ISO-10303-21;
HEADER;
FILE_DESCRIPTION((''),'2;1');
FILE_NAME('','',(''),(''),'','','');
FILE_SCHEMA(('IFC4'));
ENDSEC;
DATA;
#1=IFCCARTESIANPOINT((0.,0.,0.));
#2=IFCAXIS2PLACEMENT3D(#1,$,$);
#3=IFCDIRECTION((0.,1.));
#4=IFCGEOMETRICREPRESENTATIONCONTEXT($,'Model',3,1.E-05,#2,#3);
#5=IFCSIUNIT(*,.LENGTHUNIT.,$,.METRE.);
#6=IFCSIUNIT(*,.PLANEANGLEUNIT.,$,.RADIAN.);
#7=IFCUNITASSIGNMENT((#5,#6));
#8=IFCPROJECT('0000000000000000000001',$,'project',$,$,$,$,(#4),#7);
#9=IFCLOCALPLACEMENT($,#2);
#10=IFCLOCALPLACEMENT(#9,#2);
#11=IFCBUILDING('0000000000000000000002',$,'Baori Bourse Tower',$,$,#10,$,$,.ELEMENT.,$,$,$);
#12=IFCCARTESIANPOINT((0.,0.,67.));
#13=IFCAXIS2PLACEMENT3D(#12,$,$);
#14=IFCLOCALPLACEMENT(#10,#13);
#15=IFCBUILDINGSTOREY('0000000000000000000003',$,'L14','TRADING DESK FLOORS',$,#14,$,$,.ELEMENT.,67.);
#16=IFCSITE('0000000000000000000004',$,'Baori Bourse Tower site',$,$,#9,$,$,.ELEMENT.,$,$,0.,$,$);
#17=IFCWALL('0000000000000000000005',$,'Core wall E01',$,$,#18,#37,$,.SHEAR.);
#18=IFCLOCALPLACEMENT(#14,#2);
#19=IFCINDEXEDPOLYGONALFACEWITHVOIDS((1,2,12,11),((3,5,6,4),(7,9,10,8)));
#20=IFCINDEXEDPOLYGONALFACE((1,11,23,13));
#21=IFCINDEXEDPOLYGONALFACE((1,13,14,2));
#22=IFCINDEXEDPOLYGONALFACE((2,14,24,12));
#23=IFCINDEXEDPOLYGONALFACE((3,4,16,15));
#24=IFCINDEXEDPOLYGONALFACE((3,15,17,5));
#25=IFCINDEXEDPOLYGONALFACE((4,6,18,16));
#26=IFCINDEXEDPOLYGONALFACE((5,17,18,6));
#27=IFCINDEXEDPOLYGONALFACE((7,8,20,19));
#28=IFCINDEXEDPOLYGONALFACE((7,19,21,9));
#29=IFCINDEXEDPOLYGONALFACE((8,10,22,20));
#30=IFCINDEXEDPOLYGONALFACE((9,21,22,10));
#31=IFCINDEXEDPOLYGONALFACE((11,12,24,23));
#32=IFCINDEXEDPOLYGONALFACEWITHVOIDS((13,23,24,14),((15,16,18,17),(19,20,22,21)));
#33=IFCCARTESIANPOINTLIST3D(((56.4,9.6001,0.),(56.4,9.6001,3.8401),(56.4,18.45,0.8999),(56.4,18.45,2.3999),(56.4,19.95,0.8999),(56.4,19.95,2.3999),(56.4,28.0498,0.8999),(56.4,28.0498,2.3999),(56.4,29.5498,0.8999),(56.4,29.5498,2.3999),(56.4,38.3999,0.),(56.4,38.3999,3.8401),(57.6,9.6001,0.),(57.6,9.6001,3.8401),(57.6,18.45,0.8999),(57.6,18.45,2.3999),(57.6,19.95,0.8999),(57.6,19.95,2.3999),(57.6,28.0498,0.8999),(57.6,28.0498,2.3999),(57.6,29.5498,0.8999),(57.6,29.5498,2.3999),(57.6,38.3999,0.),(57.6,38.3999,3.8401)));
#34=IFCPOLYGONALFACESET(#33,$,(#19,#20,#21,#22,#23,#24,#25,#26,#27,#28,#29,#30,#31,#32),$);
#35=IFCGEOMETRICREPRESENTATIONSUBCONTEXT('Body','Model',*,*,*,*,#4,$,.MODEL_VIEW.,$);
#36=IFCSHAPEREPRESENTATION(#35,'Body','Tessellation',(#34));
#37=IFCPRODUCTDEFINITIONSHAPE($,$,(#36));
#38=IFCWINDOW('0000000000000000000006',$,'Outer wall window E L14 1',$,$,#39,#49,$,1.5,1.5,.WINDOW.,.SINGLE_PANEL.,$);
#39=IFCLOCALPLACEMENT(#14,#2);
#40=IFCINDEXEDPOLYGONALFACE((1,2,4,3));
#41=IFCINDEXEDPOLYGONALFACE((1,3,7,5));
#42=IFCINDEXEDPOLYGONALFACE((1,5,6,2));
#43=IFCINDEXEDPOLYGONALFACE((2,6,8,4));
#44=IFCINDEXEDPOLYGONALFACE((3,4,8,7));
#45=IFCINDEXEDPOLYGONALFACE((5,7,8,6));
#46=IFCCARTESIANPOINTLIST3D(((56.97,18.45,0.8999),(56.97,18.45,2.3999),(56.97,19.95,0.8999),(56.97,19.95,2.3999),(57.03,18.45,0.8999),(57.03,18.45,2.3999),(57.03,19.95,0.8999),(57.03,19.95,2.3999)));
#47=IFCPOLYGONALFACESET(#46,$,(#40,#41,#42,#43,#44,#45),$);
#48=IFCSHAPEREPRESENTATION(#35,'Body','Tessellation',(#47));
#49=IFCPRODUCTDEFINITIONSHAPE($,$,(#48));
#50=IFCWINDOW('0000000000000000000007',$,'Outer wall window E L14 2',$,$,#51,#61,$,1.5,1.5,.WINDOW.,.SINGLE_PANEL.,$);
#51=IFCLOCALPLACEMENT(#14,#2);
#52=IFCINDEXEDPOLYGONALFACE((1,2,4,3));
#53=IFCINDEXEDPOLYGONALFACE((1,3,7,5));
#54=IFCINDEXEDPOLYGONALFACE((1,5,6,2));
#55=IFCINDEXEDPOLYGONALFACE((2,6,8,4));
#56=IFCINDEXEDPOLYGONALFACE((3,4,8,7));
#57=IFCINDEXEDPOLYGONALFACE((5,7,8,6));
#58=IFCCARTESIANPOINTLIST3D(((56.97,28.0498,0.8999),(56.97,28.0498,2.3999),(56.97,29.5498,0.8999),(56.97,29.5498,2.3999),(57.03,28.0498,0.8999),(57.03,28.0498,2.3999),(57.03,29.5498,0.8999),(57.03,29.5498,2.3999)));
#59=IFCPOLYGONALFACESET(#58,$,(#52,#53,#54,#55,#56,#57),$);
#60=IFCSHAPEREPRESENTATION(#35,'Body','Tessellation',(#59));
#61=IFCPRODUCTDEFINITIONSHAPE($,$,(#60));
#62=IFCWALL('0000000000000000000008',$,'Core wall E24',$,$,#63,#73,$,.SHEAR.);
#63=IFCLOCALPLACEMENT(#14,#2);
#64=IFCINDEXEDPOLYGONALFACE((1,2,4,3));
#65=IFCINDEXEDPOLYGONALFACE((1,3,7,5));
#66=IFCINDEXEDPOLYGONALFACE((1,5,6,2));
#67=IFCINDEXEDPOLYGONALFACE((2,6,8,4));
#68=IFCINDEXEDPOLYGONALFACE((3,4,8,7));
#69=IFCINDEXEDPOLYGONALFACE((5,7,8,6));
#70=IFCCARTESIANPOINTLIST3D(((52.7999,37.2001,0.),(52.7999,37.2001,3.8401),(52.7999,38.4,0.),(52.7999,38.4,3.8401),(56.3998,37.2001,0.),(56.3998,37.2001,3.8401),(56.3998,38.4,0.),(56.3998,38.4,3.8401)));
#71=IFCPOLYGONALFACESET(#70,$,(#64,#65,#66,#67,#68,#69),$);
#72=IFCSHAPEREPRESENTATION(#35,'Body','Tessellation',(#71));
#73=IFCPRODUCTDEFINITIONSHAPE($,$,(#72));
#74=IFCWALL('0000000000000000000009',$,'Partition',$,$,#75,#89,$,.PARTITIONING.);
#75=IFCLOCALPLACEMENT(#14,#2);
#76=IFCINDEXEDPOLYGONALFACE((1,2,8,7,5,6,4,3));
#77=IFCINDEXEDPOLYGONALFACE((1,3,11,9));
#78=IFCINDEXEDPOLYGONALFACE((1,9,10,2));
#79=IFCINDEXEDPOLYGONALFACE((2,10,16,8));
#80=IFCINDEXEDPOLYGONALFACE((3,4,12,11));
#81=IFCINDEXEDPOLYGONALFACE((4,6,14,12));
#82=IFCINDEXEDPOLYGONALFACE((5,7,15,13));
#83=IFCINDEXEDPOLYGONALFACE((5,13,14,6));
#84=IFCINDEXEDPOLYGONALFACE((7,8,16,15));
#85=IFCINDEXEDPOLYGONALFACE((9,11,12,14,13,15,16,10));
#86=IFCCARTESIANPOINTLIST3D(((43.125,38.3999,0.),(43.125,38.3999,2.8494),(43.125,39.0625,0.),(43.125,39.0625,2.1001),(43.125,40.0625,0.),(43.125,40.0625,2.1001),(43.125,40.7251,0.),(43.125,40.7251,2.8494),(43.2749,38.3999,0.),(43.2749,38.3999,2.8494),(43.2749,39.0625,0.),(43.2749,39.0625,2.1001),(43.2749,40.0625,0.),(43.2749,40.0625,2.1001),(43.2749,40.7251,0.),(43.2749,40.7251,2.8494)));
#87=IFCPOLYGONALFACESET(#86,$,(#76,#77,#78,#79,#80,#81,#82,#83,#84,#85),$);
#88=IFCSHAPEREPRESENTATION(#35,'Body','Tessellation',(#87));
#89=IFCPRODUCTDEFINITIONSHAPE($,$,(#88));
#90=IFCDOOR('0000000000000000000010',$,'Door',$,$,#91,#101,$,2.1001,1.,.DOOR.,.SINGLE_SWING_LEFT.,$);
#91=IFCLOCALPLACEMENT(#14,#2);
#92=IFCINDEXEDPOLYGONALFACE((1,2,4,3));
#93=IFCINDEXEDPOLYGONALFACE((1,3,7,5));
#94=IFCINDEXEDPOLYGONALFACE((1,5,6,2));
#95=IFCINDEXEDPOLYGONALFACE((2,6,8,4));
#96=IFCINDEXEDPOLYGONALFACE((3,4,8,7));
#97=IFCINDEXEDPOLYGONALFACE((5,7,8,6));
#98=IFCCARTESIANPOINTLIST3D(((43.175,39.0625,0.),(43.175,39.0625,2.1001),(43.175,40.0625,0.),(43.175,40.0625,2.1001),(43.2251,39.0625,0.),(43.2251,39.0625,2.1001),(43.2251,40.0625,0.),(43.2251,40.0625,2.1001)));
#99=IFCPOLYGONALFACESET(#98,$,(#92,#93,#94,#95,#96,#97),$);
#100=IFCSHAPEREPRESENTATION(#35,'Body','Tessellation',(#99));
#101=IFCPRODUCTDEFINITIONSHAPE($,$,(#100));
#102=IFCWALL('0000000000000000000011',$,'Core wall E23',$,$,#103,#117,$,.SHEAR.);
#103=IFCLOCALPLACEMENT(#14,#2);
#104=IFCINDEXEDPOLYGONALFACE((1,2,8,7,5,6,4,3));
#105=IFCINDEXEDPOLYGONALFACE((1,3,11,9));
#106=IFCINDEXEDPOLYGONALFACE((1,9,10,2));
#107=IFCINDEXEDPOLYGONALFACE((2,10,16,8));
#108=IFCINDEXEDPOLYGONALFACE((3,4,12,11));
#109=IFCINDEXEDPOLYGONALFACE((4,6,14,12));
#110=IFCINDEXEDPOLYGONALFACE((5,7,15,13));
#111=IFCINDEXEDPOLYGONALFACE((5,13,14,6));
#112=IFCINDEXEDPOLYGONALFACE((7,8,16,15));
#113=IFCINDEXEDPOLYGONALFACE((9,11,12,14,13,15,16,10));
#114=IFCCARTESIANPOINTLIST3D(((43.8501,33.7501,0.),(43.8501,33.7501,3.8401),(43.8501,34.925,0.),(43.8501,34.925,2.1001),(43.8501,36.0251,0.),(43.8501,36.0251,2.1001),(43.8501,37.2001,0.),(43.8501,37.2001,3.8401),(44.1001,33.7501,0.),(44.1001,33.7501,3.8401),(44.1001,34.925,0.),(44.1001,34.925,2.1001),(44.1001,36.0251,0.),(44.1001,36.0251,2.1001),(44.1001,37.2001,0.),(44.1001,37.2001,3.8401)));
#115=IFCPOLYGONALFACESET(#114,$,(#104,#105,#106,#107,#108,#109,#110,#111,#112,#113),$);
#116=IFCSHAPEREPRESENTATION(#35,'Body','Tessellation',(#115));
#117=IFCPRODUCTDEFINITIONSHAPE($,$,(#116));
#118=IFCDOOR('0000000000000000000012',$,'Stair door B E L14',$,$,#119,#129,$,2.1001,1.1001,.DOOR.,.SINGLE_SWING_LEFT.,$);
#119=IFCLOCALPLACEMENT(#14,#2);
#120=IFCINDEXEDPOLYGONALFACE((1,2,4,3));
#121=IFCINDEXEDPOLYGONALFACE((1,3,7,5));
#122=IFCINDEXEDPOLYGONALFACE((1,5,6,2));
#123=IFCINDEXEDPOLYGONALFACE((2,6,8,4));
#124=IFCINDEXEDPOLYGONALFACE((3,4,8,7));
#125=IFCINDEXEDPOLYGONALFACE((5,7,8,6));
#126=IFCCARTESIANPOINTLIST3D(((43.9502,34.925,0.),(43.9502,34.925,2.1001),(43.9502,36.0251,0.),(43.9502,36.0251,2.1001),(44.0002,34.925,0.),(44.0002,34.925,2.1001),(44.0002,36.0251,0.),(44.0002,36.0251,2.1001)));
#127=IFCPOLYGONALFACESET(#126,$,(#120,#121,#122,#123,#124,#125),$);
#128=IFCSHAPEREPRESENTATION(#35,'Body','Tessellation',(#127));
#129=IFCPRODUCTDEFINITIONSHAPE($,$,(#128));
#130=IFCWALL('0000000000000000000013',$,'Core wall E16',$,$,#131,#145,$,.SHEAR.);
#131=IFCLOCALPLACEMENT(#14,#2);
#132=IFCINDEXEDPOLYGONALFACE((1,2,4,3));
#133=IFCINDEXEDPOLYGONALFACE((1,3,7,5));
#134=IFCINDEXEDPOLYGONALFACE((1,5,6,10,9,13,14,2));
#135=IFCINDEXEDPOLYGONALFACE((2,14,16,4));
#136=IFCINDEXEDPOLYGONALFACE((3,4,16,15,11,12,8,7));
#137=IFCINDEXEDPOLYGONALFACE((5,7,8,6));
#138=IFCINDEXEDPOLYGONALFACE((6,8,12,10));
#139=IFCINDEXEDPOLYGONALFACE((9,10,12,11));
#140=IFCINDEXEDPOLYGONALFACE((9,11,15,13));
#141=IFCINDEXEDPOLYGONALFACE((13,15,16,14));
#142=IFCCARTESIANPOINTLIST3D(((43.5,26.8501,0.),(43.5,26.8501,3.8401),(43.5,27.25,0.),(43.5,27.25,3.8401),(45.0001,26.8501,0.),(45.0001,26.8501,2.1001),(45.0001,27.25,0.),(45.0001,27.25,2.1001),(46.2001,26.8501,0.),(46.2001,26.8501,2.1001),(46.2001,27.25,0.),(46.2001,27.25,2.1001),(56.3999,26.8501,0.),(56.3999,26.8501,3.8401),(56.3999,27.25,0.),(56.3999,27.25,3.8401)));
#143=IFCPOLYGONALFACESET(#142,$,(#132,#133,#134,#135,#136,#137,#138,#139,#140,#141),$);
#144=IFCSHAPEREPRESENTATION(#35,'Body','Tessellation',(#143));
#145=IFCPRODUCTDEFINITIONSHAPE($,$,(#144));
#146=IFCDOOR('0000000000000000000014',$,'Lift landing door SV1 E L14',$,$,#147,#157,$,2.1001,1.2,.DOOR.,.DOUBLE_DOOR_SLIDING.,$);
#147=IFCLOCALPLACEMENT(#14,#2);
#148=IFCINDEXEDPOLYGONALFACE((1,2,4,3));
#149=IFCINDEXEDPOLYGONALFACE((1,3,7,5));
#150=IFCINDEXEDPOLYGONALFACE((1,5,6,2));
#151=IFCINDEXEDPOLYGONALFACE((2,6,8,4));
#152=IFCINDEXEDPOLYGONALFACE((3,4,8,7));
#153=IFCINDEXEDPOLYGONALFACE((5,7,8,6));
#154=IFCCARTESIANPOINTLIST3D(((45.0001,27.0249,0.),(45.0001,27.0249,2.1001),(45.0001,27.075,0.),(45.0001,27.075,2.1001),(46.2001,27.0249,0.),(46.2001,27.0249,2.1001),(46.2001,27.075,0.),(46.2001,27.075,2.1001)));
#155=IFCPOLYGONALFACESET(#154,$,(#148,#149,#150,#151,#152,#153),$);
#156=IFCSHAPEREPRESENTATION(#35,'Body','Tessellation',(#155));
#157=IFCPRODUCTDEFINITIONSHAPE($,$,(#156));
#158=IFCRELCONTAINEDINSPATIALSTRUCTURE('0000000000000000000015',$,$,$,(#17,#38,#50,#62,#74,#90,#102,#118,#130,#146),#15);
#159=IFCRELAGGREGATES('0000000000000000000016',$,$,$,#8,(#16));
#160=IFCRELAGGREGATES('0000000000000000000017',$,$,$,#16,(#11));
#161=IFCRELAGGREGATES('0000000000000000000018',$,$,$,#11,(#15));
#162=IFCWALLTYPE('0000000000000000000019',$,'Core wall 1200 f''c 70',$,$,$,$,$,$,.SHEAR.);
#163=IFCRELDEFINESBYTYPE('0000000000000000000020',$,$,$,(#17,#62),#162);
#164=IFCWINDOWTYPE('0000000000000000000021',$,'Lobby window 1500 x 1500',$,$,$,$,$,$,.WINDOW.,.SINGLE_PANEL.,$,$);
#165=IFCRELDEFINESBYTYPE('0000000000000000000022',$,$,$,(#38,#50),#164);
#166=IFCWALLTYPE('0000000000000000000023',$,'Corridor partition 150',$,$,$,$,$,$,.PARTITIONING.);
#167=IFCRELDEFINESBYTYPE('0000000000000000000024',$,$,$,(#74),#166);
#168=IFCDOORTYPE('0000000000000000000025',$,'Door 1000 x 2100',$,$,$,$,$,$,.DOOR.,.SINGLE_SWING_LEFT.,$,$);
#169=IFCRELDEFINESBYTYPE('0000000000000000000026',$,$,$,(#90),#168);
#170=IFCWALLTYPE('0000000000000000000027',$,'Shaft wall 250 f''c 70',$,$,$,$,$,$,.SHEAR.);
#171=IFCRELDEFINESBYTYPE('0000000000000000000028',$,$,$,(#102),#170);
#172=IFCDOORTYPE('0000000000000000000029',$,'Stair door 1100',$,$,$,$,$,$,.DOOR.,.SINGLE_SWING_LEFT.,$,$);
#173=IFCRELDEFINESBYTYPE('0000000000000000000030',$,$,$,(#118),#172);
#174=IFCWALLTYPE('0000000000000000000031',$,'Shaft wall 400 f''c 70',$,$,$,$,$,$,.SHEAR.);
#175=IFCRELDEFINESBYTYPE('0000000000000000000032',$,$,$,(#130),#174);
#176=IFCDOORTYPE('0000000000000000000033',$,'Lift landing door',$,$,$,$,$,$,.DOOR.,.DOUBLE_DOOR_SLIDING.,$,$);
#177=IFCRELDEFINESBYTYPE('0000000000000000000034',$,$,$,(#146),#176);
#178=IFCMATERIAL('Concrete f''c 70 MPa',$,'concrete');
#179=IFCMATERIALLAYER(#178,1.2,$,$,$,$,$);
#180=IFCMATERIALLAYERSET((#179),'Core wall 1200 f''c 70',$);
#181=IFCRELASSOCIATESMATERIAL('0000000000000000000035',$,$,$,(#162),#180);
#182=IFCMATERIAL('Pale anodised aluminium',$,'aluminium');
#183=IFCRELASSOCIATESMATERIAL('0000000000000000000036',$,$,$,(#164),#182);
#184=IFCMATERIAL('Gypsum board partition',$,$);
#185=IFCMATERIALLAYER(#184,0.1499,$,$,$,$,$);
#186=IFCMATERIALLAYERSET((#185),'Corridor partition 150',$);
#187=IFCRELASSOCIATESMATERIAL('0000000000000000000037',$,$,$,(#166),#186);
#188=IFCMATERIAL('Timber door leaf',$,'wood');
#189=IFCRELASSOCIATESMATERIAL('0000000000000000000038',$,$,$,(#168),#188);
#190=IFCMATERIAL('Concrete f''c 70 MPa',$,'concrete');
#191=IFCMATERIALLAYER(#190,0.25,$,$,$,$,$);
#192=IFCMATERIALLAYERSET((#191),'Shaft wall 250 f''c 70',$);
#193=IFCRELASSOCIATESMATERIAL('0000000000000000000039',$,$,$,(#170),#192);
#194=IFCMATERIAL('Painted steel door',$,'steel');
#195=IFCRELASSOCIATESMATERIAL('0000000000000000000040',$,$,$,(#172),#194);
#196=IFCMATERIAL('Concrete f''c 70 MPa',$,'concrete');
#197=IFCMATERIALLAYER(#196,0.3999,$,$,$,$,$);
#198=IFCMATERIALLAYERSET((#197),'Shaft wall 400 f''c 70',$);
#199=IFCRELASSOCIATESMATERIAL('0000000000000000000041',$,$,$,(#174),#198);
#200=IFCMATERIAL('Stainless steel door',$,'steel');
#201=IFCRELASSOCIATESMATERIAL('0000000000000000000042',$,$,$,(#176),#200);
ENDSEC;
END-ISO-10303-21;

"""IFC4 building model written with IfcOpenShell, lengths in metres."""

from ifc_helpers import new_model, si_unit, direction, frame, frame_2d, origin, place, context, subcontext, project, spatial, rectangle, extrude, material, layer, layer_set, type_object, element, fill, save


model = new_model("IFC4")

# Units and contexts
model_context = context("Model", 3, precision=1e-05, world=origin(), true_north=direction((0.0, 1.0)))
body_context = subcontext(model_context, "Body", "Model", "MODEL_VIEW")
ifc_project = project(units=[si_unit("LENGTHUNIT", "METRE"), si_unit("PLANEANGLEUNIT", "RADIAN")], contexts=[model_context])

# Site, building, storey
site_placement = place(None, origin())
site = spatial("IfcSite", under=ifc_project, at=site_placement, Name="Baori Bourse Tower site", CompositionType="ELEMENT", RefElevation=0.0)
building_placement = place(site_placement, origin())
building = spatial("IfcBuilding", under=site, at=building_placement, Name="Baori Bourse Tower", CompositionType="ELEMENT")
storey_placement = place(building_placement, frame((0.0, 0.0, 67.0)))
storey = spatial("IfcBuildingStorey", under=building, at=storey_placement, Name="L14", Description="TRADING DESK FLOORS", CompositionType="ELEMENT", Elevation=67.0)

# Wall, openings, windows
ifc_material_1 = material(Name="Concrete f'c 70 MPa", Category="concrete")
ifc_layer_1 = layer(ifc_material_1, 1.2)
ifc_layer_set_1 = layer_set([ifc_layer_1], Name="Core wall 1200 f'c 70")
wall_type_1 = type_object("IfcWallType", Name="Core wall 1200 f'c 70", PredefinedType="SHEAR", material=ifc_layer_set_1)
wall_1_placement = place(storey_placement, frame((57.0, 38.3999, 0.0), z_axis=(0.0, 0.0, 1.0), x_axis=(0.0, -1.0, 0.0)))
wall_1 = element("IfcWall", 1, at=wall_1_placement, inside=storey, type_object=wall_type_1, Name="Core wall E01", PredefinedType="SHEAR", context=body_context, shape_type="SweptSolid", body=[
    extrude(rectangle(XDim=28.7998, YDim=1.2, at=frame_2d((14.3999, 0.0))), origin(), (0.0, 0.0, 1.0), 3.8401),
])
opening_1_placement = place(wall_1_placement, frame((18.45, 0.0, 0.8999)))
opening_1 = element("IfcOpeningElement", 2, at=opening_1_placement, cuts=wall_1, PredefinedType="OPENING", context=body_context, shape_type="SweptSolid", body=[
    extrude(rectangle(XDim=1.5, YDim=1.5, at=frame_2d((0.75, 0.75))), frame((0.0, 0.6099, 0.0), z_axis=(0.0, -1.0, 0.0), x_axis=(1.0, 0.0, 0.0)), (0.0, 0.0, 1.0), 1.22),
])
opening_2_placement = place(wall_1_placement, frame((8.8501, 0.0, 0.8999)))
opening_2 = element("IfcOpeningElement", 3, at=opening_2_placement, cuts=wall_1, PredefinedType="OPENING", context=body_context, shape_type="SweptSolid", body=[
    extrude(rectangle(XDim=1.5, YDim=1.5, at=frame_2d((0.75, 0.75))), frame((0.0, 0.6099, 0.0), z_axis=(0.0, -1.0, 0.0), x_axis=(1.0, 0.0, 0.0)), (0.0, 0.0, 1.0), 1.22),
])
ifc_material_2 = material(Name="Pale anodised aluminium", Category="aluminium")
window_type = type_object("IfcWindowType", Name="Lobby window 1500 x 1500", PartitioningType="SINGLE_PANEL", PredefinedType="WINDOW", material=ifc_material_2)
window_1_placement = place(opening_1_placement, origin())
window_1 = element("IfcWindow", 4, at=window_1_placement, inside=storey, type_object=window_type, Name="Outer wall window E L14 1", OverallHeight=1.5, OverallWidth=1.5, PartitioningType="SINGLE_PANEL", PredefinedType="WINDOW", context=body_context, shape_type="SweptSolid", body=[
    extrude(rectangle(XDim=1.5, YDim=1.5, at=frame_2d((0.75, 0.75))), frame((0.0, 0.03, 0.0), z_axis=(0.0, -1.0, 0.0), x_axis=(1.0, 0.0, 0.0)), (0.0, 0.0, 1.0), 0.0601),
])
fill(opening_1, window_1)
window_2_placement = place(opening_2_placement, origin())
window_2 = element("IfcWindow", 5, at=window_2_placement, inside=storey, type_object=window_type, Name="Outer wall window E L14 2", OverallHeight=1.5, OverallWidth=1.5, PartitioningType="SINGLE_PANEL", PredefinedType="WINDOW", context=body_context, shape_type="SweptSolid", body=[
    extrude(rectangle(XDim=1.5, YDim=1.5, at=frame_2d((0.75, 0.75))), frame((0.0, 0.03, 0.0), z_axis=(0.0, -1.0, 0.0), x_axis=(1.0, 0.0, 0.0)), (0.0, 0.0, 1.0), 0.0601),
])
fill(opening_2, window_2)

# Wall
wall_2_placement = place(storey_placement, frame((52.8, 37.8, 0.0), z_axis=(0.0, 0.0, 1.0), x_axis=(1.0, 0.0, 0.0)))
element("IfcWall", 6, at=wall_2_placement, inside=storey, type_object=wall_type_1, Name="Core wall E24", PredefinedType="SHEAR", context=body_context, shape_type="SweptSolid", body=[
    extrude(rectangle(XDim=3.5999, YDim=1.2, at=frame_2d((1.7998, 0.0))), origin(), (0.0, 0.0, 1.0), 3.8401),
])

# Walls, openings, doors
ifc_material_3 = material(Name="Gypsum board partition")
ifc_layer_2 = layer(ifc_material_3, 0.1499)
ifc_layer_set_2 = layer_set([ifc_layer_2], Name="Corridor partition 150")
wall_type_2 = type_object("IfcWallType", Name="Corridor partition 150", PredefinedType="PARTITIONING", material=ifc_layer_set_2)
wall_3_placement = place(storey_placement, frame((43.2, 38.3999, 0.0), z_axis=(0.0, 0.0, 1.0), x_axis=(0.0, 1.0, 0.0)))
wall_3 = element("IfcWall", 7, at=wall_3_placement, inside=storey, type_object=wall_type_2, Name="Partition", PredefinedType="PARTITIONING", context=body_context, shape_type="SweptSolid", body=[
    extrude(rectangle(XDim=2.3252, YDim=0.1499, at=frame_2d((1.1626, 0.0))), origin(), (0.0, 0.0, 1.0), 2.8494),
])
opening_3_placement = place(wall_3_placement, frame((0.6626, 0.0, 0.0)))
opening_3 = element("IfcOpeningElement", 8, at=opening_3_placement, cuts=wall_3, PredefinedType="OPENING", context=body_context, shape_type="SweptSolid", body=[
    extrude(rectangle(XDim=1.0, YDim=2.1001, at=frame_2d((0.5, 1.05))), frame((0.0, 0.085, 0.0), z_axis=(0.0, -1.0, 0.0), x_axis=(1.0, 0.0, 0.0)), (0.0, 0.0, 1.0), 0.1699),
])
ifc_material_4 = material(Name="Timber door leaf", Category="wood")
door_type_1 = type_object("IfcDoorType", Name="Door 1000 x 2100", OperationType="SINGLE_SWING_LEFT", PredefinedType="DOOR", material=ifc_material_4)
door_1_placement = place(opening_3_placement, origin())
door_1 = element("IfcDoor", 9, at=door_1_placement, inside=storey, type_object=door_type_1, Name="Door", OperationType="SINGLE_SWING_LEFT", OverallHeight=2.1001, OverallWidth=1.0, PredefinedType="DOOR", context=body_context, shape_type="SweptSolid", body=[
    extrude(rectangle(XDim=1.0, YDim=2.1001, at=frame_2d((0.5, 1.05))), frame((0.0, 0.0249, 0.0), z_axis=(0.0, -1.0, 0.0), x_axis=(1.0, 0.0, 0.0)), (0.0, 0.0, 1.0), 0.05),
])
fill(opening_3, door_1)
ifc_material_5 = material(Name="Concrete f'c 70 MPa", Category="concrete")
ifc_layer_3 = layer(ifc_material_5, 0.25)
ifc_layer_set_3 = layer_set([ifc_layer_3], Name="Shaft wall 250 f'c 70")
wall_type_3 = type_object("IfcWallType", Name="Shaft wall 250 f'c 70", PredefinedType="SHEAR", material=ifc_layer_set_3)
wall_4_placement = place(storey_placement, frame((43.9751, 33.75, 0.0), z_axis=(0.0, 0.0, 1.0), x_axis=(0.0, 1.0, 0.0)))
wall_4 = element("IfcWall", 10, at=wall_4_placement, inside=storey, type_object=wall_type_3, Name="Core wall E23", PredefinedType="SHEAR", context=body_context, shape_type="SweptSolid", body=[
    extrude(rectangle(XDim=3.45, YDim=0.25, at=frame_2d((1.7251, 0.0))), origin(), (0.0, 0.0, 1.0), 3.8401),
])
opening_4_placement = place(wall_4_placement, frame((1.175, 0.0, 0.0)))
opening_4 = element("IfcOpeningElement", 11, at=opening_4_placement, cuts=wall_4, PredefinedType="OPENING", context=body_context, shape_type="SweptSolid", body=[
    extrude(rectangle(XDim=1.1001, YDim=2.1001, at=frame_2d((0.55, 1.05))), frame((0.0, 0.135, 0.0), z_axis=(0.0, -1.0, 0.0), x_axis=(1.0, 0.0, 0.0)), (0.0, 0.0, 1.0), 0.27),
])
ifc_material_6 = material(Name="Painted steel door", Category="steel")
door_type_2 = type_object("IfcDoorType", Name="Stair door 1100", OperationType="SINGLE_SWING_LEFT", PredefinedType="DOOR", material=ifc_material_6)
door_2_placement = place(opening_4_placement, origin())
door_2 = element("IfcDoor", 12, at=door_2_placement, inside=storey, type_object=door_type_2, Name="Stair door B E L14", OperationType="SINGLE_SWING_LEFT", OverallHeight=2.1001, OverallWidth=1.1001, PredefinedType="DOOR", context=body_context, shape_type="SweptSolid", body=[
    extrude(rectangle(XDim=1.1001, YDim=2.1001, at=frame_2d((0.55, 1.05))), frame((0.0, 0.0249, 0.0), z_axis=(0.0, -1.0, 0.0), x_axis=(1.0, 0.0, 0.0)), (0.0, 0.0, 1.0), 0.05),
])
fill(opening_4, door_2)
ifc_material_7 = material(Name="Concrete f'c 70 MPa", Category="concrete")
ifc_layer_4 = layer(ifc_material_7, 0.3999)
ifc_layer_set_4 = layer_set([ifc_layer_4], Name="Shaft wall 400 f'c 70")
wall_type_4 = type_object("IfcWallType", Name="Shaft wall 400 f'c 70", PredefinedType="SHEAR", material=ifc_layer_set_4)
wall_5_placement = place(storey_placement, frame((43.5, 27.05, 0.0), z_axis=(0.0, 0.0, 1.0), x_axis=(1.0, 0.0, 0.0)))
wall_5 = element("IfcWall", 13, at=wall_5_placement, inside=storey, type_object=wall_type_4, Name="Core wall E16", PredefinedType="SHEAR", context=body_context, shape_type="SweptSolid", body=[
    extrude(rectangle(XDim=12.8999, YDim=0.3999, at=frame_2d((6.45, 0.0))), origin(), (0.0, 0.0, 1.0), 3.8401),
])
opening_5_placement = place(wall_5_placement, frame((1.5, 0.0, 0.0)))
opening_5 = element("IfcOpeningElement", 14, at=opening_5_placement, cuts=wall_5, PredefinedType="OPENING", context=body_context, shape_type="SweptSolid", body=[
    extrude(rectangle(XDim=1.2, YDim=2.1001, at=frame_2d((0.6001, 1.05))), frame((0.0, 0.21, 0.0), z_axis=(0.0, -1.0, 0.0), x_axis=(1.0, 0.0, 0.0)), (0.0, 0.0, 1.0), 0.4199),
])
ifc_material_8 = material(Name="Stainless steel door", Category="steel")
door_type_3 = type_object("IfcDoorType", Name="Lift landing door", OperationType="DOUBLE_DOOR_SLIDING", PredefinedType="DOOR", material=ifc_material_8)
door_3_placement = place(opening_5_placement, origin())
door_3 = element("IfcDoor", 15, at=door_3_placement, inside=storey, type_object=door_type_3, Name="Lift landing door SV1 E L14", OperationType="DOUBLE_DOOR_SLIDING", OverallHeight=2.1001, OverallWidth=1.2, PredefinedType="DOOR", context=body_context, shape_type="SweptSolid", body=[
    extrude(rectangle(XDim=1.2, YDim=2.1001, at=frame_2d((0.6001, 1.05))), frame((0.0, 0.0249, 0.0), z_axis=(0.0, -1.0, 0.0), x_axis=(1.0, 0.0, 0.0)), (0.0, 0.0, 1.0), 0.05),
])
fill(opening_5, door_3)

save(model, "model.ifc")
